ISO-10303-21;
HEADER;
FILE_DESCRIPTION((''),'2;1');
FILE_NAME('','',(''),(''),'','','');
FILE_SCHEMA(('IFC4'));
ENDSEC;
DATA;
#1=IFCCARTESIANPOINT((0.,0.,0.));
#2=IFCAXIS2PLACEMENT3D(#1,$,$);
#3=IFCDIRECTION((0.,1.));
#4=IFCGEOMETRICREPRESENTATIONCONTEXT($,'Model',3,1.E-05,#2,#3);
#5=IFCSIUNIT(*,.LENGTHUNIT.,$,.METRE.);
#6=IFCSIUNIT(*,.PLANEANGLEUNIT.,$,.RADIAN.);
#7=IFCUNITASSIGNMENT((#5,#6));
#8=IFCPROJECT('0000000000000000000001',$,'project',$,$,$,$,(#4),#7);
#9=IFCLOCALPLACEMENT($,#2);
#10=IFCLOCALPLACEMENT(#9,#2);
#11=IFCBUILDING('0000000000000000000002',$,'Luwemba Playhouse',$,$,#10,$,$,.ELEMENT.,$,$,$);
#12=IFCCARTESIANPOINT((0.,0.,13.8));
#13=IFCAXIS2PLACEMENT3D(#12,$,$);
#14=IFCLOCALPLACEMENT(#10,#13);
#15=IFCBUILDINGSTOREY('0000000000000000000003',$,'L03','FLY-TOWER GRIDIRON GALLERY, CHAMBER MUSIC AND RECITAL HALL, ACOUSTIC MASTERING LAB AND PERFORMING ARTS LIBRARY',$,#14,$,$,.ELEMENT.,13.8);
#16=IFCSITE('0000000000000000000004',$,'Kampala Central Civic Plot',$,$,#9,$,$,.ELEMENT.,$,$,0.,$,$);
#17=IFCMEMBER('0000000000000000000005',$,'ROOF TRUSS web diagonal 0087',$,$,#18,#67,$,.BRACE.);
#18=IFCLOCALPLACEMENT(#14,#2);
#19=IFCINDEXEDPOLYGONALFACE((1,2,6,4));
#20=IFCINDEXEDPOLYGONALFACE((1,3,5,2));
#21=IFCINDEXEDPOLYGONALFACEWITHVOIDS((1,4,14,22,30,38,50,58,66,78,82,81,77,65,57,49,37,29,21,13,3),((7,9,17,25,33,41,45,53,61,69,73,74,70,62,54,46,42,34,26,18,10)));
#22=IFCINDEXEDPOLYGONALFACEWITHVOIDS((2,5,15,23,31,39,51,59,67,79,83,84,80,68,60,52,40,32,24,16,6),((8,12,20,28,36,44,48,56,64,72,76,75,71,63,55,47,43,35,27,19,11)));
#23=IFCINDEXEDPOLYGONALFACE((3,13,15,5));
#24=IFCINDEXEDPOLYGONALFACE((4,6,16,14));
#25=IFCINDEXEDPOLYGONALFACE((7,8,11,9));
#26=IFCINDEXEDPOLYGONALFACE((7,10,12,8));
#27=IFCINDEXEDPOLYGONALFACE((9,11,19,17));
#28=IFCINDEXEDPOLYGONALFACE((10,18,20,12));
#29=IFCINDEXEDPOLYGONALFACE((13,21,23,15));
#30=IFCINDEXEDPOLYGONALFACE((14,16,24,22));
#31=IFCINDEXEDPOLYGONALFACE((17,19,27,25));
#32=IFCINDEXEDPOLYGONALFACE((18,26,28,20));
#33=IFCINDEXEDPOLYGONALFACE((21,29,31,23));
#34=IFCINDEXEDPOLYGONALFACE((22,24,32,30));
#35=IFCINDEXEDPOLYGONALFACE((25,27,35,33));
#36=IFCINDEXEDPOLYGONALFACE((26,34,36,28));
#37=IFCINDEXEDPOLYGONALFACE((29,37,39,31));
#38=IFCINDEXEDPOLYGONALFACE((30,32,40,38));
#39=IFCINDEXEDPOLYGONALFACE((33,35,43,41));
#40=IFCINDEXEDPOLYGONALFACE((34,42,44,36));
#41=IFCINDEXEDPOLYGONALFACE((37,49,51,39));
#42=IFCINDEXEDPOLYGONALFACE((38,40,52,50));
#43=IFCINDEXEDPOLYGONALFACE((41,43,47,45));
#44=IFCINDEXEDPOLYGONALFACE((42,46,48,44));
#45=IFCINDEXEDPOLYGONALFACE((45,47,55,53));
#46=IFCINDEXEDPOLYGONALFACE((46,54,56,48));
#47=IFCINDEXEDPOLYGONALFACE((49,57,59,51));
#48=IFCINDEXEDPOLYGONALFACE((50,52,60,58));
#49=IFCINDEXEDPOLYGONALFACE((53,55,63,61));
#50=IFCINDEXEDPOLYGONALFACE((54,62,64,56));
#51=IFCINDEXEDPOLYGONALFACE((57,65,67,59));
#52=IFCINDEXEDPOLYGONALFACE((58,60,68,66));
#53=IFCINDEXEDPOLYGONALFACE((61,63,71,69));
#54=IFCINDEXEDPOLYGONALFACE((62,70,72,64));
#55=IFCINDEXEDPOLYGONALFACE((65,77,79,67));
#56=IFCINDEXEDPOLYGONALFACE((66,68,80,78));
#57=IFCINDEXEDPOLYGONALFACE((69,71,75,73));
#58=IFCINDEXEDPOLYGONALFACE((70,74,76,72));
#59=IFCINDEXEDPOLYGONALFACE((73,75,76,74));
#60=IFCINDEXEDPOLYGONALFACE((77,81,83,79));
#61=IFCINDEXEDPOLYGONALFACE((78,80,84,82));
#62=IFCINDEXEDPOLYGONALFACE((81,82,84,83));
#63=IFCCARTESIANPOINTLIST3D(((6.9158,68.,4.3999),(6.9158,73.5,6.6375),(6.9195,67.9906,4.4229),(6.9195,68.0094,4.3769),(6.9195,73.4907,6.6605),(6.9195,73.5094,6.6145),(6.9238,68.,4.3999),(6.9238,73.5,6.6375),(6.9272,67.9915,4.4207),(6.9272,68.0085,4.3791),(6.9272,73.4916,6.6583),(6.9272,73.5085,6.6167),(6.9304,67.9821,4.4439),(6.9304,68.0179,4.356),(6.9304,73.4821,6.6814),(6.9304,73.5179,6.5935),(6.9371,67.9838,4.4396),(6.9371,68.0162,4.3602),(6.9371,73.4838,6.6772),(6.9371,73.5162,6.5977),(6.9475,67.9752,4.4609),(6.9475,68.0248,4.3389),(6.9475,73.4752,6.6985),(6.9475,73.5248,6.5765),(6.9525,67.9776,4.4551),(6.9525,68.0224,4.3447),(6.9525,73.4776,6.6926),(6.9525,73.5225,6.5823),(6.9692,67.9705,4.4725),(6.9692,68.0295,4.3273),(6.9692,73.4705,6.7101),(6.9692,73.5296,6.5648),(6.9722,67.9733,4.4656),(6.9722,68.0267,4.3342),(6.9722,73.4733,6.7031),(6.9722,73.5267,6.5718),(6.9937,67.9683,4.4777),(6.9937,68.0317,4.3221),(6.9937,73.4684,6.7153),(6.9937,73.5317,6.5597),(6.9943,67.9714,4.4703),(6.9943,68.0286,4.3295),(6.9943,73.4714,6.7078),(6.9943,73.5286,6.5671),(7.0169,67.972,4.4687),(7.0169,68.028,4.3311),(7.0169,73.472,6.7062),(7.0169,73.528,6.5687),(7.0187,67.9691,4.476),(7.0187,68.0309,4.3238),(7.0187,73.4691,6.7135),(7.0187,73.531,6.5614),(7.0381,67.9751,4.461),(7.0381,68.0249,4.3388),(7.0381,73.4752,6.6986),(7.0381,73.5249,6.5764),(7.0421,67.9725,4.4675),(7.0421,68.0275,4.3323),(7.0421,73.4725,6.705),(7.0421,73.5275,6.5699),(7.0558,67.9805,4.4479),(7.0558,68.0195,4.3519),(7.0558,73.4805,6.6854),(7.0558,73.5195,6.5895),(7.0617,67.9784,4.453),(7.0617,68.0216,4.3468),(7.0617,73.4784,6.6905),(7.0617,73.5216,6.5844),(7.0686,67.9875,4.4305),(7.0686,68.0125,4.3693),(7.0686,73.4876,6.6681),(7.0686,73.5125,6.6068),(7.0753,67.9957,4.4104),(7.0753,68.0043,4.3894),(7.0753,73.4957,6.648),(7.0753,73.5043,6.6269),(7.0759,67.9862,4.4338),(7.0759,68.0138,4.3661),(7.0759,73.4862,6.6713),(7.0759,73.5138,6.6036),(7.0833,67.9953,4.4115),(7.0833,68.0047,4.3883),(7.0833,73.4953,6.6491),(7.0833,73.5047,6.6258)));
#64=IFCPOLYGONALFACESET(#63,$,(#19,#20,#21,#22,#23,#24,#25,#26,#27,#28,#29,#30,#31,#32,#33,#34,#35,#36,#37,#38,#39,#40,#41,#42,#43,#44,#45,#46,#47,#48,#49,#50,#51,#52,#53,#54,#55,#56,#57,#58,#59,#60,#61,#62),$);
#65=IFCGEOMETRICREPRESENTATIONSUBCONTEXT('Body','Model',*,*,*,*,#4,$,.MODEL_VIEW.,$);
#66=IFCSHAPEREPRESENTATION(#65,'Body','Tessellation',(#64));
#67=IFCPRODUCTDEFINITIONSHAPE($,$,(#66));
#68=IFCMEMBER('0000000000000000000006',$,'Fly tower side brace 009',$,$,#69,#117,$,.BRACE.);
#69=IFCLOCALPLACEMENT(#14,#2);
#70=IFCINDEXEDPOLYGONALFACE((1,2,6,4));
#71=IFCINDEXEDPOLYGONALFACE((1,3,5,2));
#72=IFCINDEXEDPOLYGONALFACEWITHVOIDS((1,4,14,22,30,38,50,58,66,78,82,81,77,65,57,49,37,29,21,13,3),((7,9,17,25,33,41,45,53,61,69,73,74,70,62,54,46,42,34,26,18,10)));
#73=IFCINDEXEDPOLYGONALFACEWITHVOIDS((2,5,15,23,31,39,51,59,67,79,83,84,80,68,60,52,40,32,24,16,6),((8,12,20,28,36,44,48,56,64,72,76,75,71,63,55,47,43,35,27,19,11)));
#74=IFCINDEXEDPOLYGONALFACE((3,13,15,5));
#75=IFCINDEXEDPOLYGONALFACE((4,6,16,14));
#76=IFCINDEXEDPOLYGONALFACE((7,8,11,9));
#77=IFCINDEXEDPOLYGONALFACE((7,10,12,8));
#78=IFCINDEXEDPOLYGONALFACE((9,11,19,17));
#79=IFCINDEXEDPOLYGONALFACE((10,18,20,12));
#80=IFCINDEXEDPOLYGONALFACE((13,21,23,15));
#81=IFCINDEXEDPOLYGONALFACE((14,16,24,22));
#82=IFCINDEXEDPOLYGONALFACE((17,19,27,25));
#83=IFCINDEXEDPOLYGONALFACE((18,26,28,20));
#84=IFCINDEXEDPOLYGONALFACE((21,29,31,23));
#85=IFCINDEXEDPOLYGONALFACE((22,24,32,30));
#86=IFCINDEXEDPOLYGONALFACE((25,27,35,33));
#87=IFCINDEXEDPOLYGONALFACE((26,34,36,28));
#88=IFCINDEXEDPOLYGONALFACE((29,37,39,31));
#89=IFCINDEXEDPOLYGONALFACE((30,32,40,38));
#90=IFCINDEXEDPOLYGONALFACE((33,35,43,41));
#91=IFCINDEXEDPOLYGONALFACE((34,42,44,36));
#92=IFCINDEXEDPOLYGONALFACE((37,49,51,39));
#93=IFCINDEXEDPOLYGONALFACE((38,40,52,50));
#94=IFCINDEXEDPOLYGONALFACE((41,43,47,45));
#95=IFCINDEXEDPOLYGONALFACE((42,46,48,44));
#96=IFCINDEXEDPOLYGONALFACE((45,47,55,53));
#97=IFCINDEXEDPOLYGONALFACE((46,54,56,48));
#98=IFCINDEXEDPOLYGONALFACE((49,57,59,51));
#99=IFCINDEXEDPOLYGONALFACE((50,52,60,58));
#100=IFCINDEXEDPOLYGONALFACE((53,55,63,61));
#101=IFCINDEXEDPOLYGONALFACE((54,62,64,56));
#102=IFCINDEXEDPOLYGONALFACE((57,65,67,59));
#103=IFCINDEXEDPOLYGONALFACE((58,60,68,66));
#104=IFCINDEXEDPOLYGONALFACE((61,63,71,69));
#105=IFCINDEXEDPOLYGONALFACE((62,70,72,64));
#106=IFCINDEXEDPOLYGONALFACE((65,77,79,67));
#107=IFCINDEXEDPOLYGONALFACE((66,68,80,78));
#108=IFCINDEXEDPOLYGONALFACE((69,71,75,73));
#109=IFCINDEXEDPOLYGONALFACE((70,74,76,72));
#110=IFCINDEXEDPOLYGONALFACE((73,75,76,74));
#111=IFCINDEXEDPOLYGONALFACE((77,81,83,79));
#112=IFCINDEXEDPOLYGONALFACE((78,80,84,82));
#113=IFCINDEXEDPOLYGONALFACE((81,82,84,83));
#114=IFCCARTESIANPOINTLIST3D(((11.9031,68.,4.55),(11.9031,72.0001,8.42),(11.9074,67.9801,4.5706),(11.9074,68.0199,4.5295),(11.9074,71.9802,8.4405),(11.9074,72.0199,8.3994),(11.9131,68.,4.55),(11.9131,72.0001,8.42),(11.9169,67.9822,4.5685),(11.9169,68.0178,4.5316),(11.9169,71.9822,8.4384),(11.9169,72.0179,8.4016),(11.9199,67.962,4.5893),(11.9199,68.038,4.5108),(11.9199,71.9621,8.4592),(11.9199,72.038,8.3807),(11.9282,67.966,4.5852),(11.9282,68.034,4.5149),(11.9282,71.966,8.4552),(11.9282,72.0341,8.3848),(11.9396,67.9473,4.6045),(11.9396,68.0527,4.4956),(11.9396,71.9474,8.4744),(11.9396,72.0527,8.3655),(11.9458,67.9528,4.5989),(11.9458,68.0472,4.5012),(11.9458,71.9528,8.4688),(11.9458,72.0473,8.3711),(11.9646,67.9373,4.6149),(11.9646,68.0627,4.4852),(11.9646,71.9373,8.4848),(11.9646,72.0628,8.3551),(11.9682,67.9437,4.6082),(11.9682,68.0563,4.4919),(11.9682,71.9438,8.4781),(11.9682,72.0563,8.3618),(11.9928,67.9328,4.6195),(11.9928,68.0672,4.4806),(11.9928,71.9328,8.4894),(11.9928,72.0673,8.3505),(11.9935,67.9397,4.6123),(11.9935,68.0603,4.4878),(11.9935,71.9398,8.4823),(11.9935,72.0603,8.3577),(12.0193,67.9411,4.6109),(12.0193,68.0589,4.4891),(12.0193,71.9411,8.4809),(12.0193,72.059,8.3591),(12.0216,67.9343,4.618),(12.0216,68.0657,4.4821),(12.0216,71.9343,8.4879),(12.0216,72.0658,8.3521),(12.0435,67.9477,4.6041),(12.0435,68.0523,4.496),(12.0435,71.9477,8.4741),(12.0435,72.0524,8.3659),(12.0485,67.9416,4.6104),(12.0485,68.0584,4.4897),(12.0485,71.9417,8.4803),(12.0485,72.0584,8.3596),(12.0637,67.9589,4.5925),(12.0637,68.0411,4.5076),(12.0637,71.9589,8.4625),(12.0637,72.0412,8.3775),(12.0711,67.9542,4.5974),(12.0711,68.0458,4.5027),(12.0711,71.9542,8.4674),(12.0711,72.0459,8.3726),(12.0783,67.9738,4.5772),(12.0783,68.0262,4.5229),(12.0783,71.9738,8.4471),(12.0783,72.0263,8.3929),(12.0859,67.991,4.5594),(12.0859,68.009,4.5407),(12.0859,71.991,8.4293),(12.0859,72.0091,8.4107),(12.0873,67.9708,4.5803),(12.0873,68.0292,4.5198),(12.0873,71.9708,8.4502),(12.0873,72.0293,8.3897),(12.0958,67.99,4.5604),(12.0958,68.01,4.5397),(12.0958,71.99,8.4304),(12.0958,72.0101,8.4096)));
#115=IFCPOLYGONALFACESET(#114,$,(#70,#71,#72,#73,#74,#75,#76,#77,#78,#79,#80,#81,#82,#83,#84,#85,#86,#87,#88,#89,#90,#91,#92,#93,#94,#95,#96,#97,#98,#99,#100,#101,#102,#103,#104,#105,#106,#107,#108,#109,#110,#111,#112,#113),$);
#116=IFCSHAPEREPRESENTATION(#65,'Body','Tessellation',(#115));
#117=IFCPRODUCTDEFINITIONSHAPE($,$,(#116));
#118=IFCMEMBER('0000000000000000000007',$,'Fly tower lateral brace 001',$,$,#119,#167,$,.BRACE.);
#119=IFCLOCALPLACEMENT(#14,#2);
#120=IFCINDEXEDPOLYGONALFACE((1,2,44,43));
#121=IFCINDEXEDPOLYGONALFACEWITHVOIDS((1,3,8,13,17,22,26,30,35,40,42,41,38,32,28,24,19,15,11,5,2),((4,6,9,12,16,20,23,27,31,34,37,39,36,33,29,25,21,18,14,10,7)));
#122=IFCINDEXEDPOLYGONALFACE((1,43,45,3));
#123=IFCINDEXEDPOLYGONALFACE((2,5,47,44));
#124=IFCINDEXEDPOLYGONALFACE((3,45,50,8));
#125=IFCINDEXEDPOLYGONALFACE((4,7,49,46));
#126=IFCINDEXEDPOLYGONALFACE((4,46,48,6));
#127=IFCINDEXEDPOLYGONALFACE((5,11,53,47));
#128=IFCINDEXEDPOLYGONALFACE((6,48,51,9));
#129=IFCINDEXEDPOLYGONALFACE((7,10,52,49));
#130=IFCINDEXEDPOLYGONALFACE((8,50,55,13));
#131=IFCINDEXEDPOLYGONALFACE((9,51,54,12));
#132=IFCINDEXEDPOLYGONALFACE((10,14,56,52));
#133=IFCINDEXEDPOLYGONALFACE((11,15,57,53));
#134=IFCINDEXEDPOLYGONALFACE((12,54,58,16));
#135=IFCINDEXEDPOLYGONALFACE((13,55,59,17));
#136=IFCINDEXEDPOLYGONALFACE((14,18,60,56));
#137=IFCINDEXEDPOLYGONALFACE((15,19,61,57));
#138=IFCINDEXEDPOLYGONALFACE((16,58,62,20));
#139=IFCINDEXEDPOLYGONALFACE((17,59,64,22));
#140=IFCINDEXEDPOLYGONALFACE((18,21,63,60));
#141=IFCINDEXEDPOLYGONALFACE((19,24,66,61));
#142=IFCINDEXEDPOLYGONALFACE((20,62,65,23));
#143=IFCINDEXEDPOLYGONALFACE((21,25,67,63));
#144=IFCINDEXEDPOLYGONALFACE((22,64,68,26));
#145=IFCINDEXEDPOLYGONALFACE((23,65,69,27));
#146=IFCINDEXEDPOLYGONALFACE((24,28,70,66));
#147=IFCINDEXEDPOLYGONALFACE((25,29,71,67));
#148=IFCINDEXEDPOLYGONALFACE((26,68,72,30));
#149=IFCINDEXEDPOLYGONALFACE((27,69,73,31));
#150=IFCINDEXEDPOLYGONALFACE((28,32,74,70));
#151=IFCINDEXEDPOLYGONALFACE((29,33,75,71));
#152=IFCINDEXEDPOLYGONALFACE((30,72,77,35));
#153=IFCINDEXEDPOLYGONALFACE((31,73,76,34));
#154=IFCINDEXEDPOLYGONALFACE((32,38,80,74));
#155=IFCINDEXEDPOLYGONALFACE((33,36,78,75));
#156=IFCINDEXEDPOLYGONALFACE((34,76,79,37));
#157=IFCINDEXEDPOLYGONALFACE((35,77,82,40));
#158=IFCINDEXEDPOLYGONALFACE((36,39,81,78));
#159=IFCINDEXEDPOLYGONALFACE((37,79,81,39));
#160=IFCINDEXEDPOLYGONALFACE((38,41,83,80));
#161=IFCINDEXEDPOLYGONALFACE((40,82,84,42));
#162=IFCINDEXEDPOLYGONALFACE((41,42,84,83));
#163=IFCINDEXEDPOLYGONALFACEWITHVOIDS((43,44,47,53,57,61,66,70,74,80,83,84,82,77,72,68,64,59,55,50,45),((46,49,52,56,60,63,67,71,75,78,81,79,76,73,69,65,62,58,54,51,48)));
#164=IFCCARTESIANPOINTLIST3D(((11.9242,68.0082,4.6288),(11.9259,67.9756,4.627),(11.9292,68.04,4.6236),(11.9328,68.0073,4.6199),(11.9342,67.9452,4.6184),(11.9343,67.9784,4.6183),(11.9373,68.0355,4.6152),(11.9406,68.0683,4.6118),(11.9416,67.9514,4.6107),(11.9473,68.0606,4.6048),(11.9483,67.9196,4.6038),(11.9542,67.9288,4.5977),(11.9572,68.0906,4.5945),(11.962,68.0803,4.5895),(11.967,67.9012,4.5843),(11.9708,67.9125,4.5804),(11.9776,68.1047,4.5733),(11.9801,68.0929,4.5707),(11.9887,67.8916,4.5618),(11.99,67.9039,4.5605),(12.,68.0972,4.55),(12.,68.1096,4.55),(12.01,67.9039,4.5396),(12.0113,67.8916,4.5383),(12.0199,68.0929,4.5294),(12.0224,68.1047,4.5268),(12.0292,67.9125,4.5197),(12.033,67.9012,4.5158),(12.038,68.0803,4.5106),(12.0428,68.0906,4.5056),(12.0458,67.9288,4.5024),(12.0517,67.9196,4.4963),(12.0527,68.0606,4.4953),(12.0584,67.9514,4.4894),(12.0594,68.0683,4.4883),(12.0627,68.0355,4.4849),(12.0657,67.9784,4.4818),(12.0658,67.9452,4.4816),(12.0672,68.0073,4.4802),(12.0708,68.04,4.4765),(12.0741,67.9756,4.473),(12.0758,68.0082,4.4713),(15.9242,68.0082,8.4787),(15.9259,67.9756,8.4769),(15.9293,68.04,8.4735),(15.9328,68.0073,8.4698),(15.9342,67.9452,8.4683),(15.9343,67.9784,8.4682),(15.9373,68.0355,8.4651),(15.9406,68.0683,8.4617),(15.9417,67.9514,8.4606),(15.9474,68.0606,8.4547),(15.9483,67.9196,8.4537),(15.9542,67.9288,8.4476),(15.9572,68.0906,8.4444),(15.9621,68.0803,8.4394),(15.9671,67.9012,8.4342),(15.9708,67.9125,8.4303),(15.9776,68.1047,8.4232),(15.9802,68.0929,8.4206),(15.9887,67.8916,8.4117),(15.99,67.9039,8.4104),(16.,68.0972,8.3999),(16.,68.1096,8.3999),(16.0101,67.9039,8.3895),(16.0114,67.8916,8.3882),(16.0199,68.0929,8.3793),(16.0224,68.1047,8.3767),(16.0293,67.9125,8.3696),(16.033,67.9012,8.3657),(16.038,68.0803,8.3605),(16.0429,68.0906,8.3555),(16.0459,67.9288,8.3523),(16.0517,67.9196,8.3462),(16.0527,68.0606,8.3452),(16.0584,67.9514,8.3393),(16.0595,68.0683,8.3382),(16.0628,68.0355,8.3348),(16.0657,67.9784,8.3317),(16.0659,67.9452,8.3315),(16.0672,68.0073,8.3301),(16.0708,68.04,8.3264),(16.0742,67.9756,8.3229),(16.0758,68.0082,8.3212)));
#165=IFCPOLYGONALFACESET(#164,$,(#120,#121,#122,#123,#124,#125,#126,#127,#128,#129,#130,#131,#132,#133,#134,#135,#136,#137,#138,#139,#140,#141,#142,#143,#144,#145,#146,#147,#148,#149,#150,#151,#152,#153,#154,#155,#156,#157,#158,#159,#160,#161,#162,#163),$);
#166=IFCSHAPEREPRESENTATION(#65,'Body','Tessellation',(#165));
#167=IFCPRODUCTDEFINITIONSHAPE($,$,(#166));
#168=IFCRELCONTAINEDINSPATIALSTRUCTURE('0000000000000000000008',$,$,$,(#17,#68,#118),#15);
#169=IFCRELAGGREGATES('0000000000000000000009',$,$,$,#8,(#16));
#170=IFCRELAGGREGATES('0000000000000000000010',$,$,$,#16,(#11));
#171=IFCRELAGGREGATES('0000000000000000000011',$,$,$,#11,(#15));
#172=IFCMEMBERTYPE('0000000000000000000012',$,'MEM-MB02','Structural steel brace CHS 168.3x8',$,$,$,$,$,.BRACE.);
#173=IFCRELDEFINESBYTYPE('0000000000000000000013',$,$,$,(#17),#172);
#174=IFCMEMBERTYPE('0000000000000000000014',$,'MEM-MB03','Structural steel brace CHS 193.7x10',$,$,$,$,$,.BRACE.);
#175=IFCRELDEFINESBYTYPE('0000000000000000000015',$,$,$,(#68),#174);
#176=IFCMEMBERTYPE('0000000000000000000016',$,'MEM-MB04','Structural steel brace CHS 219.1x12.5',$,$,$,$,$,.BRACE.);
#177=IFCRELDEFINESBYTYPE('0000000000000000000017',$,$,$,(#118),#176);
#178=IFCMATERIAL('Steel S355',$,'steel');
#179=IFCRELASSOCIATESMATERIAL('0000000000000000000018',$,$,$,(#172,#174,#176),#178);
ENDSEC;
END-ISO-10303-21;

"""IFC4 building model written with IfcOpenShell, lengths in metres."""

from ifc_helpers import new_model, si_unit, direction, frame, origin, origin_2d, place, context, subcontext, project, spatial, hollow_circle, extrude, material, material_profile, profile_set, type_object, element, save


model = new_model("IFC4")

# Units and contexts
model_context = context("Model", 3, precision=1e-05, world=origin(), true_north=direction((0.0, 1.0)))
body_context = subcontext(model_context, "Body", "Model", "MODEL_VIEW")
ifc_project = project(units=[si_unit("LENGTHUNIT", "METRE"), si_unit("PLANEANGLEUNIT", "RADIAN")], contexts=[model_context])

# Site, building, storey
site_placement = place(None, origin())
site = spatial("IfcSite", under=ifc_project, at=site_placement, Name="Kampala Central Civic Plot", CompositionType="ELEMENT", RefElevation=0.0)
building_placement = place(site_placement, origin())
building = spatial("IfcBuilding", under=site, at=building_placement, Name="Luwemba Playhouse", CompositionType="ELEMENT")
storey_placement = place(building_placement, frame((0.0, 0.0, 13.8)))
storey = spatial("IfcBuildingStorey", under=building, at=storey_placement, Name="L03", Description="FLY-TOWER GRIDIRON GALLERY, CHAMBER MUSIC AND RECITAL HALL, ACOUSTIC MASTERING LAB AND PERFORMING ARTS LIBRARY", CompositionType="ELEMENT", Elevation=13.8)

# Shared definitions
ifc_material_1 = material(Name="Steel S355", Category="steel")

# Members
ifc_material_profile_1 = material_profile(ifc_material_1, hollow_circle(Radius=0.0842, WallThickness=0.0081, at=origin_2d()))
ifc_profile_set_1 = profile_set([ifc_material_profile_1], Name="Steel S355")
member_type_1 = type_object("IfcMemberType", Name="MEM-MB02", Description="Structural steel brace CHS 168.3x8", PredefinedType="BRACE", material=ifc_profile_set_1)
member_1_placement = place(storey_placement, frame((7.0, 68.0, 4.3999), z_axis=(0.0, 0.92628, 0.376836), x_axis=(-1.0, 0.0, 0.0)))
element("IfcMember", 1, at=member_1_placement, inside=storey, type_object=member_type_1, Name="ROOF TRUSS web diagonal 0087", PredefinedType="BRACE", context=body_context, shape_type="SweptSolid", body=[
    extrude(hollow_circle(Radius=0.0842, WallThickness=0.0081, at=origin_2d()), origin(), (0.0, 0.0, 1.0), 5.9377),
])
ifc_material_profile_2 = material_profile(ifc_material_1, hollow_circle(Radius=0.0969, WallThickness=0.01, at=origin_2d()))
ifc_profile_set_2 = profile_set([ifc_material_profile_2], Name="Steel S355")
member_type_2 = type_object("IfcMemberType", Name="MEM-MB03", Description="Structural steel brace CHS 193.7x10", PredefinedType="BRACE", material=ifc_profile_set_2)
member_2_placement = place(storey_placement, frame((12.0, 68.0, 4.55), z_axis=(0.0, 0.7187, 0.69532), x_axis=(-1.0, 0.0, 0.0)))
element("IfcMember", 2, at=member_2_placement, inside=storey, type_object=member_type_2, Name="Fly tower side brace 009", PredefinedType="BRACE", context=body_context, shape_type="SweptSolid", body=[
    extrude(hollow_circle(Radius=0.0969, WallThickness=0.01, at=origin_2d()), origin(), (0.0, 0.0, 1.0), 5.5657),
])
ifc_material_profile_3 = material_profile(ifc_material_1, hollow_circle(Radius=0.1096, WallThickness=0.0125, at=origin_2d()))
ifc_profile_set_3 = profile_set([ifc_material_profile_3], Name="Steel S355")
member_type_3 = type_object("IfcMemberType", Name="MEM-MB04", Description="Structural steel brace CHS 219.1x12.5", PredefinedType="BRACE", material=ifc_profile_set_3)
member_3_placement = place(storey_placement, frame((12.0, 68.0, 4.55), z_axis=(0.7205, 0.0, 0.693455), x_axis=(0.0, 1.0, 0.0)))
element("IfcMember", 3, at=member_3_placement, inside=storey, type_object=member_type_3, Name="Fly tower lateral brace 001", PredefinedType="BRACE", context=body_context, shape_type="SweptSolid", body=[
    extrude(hollow_circle(Radius=0.1096, WallThickness=0.0125, at=origin_2d()), origin(), (0.0, 0.0, 1.0), 5.5518),
])

save(model, "model.ifc")
